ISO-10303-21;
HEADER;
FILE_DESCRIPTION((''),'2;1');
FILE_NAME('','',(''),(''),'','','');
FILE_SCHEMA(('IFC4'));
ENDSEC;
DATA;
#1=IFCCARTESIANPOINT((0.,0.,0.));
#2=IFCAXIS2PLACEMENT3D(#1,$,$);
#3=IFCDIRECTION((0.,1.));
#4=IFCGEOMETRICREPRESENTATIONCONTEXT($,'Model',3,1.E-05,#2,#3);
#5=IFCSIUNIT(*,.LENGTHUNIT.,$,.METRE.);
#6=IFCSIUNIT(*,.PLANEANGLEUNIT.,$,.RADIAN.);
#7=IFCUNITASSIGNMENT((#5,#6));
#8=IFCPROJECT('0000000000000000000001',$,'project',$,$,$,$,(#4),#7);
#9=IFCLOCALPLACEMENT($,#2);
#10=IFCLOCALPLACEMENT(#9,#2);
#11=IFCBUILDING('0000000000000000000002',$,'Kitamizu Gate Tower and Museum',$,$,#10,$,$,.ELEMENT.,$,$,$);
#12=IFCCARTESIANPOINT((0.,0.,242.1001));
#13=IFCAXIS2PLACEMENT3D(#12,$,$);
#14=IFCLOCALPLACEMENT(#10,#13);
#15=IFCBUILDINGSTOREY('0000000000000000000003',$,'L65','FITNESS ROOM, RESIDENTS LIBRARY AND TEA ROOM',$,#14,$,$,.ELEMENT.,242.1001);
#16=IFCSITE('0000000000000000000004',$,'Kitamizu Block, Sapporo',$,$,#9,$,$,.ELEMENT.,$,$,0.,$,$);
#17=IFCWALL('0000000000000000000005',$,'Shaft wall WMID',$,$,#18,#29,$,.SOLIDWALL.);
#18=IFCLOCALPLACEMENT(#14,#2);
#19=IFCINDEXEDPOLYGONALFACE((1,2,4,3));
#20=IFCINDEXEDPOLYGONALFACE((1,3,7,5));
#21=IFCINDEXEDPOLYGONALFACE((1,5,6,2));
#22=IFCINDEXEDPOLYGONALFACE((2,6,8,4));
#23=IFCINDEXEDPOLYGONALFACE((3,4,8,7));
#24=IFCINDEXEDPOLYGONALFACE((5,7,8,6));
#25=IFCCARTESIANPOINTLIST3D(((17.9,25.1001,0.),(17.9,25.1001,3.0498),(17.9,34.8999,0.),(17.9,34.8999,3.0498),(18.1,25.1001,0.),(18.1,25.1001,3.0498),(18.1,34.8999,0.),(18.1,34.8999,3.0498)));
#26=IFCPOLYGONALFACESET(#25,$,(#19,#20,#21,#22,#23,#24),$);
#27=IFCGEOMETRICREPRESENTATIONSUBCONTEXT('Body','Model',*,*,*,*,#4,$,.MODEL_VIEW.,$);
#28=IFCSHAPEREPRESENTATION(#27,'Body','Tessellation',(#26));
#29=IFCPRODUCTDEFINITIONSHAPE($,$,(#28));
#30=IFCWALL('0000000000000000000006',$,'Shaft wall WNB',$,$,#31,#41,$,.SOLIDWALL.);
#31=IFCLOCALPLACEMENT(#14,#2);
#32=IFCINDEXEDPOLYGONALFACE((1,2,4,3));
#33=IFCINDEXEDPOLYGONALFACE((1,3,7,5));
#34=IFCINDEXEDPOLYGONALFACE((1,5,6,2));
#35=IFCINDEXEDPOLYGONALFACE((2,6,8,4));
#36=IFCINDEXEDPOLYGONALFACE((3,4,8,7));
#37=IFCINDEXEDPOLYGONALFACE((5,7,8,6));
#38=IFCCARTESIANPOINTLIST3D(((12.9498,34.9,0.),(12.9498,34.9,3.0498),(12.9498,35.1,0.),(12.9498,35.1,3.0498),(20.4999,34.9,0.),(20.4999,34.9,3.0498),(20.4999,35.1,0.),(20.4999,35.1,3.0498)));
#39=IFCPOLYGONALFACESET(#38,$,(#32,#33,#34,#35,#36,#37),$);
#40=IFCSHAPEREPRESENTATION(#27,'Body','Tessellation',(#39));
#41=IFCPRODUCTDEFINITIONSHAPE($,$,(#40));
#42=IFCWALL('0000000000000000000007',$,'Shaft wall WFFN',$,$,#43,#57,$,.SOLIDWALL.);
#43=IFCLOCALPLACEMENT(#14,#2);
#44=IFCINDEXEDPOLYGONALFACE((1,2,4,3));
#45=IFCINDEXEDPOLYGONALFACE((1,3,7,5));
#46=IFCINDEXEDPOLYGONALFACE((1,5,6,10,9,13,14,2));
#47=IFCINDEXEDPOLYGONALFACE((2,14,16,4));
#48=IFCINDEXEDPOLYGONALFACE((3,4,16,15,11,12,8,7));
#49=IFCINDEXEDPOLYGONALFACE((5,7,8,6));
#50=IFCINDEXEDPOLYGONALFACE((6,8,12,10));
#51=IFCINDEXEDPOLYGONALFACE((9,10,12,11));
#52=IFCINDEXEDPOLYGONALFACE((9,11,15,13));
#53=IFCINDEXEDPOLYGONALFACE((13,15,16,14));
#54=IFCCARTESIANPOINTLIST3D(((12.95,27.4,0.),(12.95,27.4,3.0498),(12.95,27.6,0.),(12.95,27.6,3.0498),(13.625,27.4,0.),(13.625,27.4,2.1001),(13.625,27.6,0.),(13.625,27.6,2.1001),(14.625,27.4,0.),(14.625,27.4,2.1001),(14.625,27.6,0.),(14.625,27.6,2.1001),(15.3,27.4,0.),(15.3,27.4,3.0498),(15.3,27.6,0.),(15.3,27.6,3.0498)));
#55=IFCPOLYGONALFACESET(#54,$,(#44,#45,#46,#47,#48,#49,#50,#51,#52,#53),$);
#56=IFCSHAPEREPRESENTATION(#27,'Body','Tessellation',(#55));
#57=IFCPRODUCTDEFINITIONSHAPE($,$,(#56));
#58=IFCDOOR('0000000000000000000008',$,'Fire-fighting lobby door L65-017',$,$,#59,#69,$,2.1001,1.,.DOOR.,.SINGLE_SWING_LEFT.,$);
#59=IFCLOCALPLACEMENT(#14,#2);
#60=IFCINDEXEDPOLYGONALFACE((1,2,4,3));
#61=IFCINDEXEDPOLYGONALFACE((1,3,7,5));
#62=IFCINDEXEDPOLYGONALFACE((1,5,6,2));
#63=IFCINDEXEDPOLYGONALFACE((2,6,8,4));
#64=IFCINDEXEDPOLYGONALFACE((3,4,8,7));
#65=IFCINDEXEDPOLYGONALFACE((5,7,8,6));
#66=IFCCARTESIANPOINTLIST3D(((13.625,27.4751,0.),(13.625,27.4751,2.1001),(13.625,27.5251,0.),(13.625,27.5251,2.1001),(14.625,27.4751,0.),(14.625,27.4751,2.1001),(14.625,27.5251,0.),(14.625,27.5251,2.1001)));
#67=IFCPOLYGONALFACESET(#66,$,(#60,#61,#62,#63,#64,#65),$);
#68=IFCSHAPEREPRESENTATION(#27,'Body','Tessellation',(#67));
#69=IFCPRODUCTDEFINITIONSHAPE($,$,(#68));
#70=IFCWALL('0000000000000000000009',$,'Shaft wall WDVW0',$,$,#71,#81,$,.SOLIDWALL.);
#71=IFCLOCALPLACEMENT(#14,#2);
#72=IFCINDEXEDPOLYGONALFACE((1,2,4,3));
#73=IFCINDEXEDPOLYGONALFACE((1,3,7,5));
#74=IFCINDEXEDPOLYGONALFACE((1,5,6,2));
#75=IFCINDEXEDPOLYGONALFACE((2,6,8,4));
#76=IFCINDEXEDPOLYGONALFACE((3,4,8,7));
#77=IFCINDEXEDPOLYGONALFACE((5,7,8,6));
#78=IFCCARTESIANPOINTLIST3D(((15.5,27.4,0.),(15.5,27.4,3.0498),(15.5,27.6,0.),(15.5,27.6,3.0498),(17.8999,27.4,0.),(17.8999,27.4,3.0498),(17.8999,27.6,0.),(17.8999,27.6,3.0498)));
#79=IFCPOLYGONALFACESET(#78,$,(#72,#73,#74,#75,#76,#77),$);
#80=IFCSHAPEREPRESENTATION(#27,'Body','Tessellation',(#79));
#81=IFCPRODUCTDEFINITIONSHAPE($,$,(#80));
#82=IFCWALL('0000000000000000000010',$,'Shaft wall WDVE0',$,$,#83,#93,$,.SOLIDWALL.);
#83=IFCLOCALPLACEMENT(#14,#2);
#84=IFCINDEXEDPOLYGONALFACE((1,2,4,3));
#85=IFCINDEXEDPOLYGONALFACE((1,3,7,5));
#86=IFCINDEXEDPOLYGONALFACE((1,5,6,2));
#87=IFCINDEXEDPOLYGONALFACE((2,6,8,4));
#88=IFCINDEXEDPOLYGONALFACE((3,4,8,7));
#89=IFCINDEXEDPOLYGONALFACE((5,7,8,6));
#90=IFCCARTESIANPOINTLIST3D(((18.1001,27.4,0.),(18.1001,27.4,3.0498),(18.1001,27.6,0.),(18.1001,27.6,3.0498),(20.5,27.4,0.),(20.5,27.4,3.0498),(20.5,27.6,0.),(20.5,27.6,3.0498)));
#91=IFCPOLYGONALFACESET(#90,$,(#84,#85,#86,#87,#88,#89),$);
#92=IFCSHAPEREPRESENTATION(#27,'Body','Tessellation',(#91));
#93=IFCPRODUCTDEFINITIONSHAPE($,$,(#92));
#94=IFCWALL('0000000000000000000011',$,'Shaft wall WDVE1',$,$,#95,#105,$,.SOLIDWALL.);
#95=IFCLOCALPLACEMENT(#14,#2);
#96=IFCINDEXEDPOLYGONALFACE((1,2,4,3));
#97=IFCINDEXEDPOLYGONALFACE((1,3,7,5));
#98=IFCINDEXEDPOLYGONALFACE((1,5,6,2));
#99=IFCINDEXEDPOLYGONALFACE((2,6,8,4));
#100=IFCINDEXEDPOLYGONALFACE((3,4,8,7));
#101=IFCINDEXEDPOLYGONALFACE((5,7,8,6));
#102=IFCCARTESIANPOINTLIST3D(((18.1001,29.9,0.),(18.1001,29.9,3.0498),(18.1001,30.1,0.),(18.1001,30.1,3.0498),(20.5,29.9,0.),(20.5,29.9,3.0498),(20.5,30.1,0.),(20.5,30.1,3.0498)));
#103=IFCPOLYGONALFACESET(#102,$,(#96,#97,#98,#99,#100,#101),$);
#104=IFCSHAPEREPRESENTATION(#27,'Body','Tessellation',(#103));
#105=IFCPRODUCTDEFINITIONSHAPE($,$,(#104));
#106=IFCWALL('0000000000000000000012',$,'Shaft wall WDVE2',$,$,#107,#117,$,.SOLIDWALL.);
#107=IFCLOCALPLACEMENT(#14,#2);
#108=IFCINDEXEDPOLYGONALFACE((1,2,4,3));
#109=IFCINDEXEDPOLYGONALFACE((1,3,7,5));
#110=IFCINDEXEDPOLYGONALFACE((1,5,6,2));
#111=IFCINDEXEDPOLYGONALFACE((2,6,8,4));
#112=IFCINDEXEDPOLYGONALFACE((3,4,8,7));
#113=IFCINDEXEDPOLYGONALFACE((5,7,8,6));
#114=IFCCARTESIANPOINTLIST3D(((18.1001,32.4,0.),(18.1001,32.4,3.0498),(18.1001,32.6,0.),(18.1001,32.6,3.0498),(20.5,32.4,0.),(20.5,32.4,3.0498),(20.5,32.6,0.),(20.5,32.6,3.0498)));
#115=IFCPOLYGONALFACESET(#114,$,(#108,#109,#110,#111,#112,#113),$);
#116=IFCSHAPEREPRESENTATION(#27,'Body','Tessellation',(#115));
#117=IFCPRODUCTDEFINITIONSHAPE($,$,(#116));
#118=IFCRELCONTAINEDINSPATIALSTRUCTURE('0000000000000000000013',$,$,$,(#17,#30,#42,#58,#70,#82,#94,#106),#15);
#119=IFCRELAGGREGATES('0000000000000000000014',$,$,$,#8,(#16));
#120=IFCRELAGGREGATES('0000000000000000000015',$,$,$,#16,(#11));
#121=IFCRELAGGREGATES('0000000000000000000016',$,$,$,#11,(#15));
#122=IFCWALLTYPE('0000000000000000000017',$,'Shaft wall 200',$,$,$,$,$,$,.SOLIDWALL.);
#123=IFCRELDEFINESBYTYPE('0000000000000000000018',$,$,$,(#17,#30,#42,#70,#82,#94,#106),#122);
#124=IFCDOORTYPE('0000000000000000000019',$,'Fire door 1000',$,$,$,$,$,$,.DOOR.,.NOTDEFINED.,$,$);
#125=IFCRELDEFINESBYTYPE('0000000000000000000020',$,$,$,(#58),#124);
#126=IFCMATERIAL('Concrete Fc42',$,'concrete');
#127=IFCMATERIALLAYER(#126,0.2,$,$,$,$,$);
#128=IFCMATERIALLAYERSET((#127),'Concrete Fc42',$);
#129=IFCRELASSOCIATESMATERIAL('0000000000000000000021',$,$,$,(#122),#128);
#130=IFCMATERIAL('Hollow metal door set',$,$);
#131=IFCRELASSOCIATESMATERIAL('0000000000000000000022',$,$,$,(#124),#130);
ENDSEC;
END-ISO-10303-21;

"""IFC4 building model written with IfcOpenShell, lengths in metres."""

from ifc_helpers import new_model, si_unit, direction, frame, frame_2d, origin, place, context, subcontext, project, spatial, rectangle, extrude, material, layer, layer_set, type_object, element, fill, save


model = new_model("IFC4")

# Units and contexts
model_context = context("Model", 3, precision=1e-05, world=origin(), true_north=direction((0.0, 1.0)))
body_context = subcontext(model_context, "Body", "Model", "MODEL_VIEW")
ifc_project = project(units=[si_unit("LENGTHUNIT", "METRE"), si_unit("PLANEANGLEUNIT", "RADIAN")], contexts=[model_context])

# Site, building, storey
site_placement = place(None, origin())
site = spatial("IfcSite", under=ifc_project, at=site_placement, Name="Kitamizu Block, Sapporo", CompositionType="ELEMENT", RefElevation=0.0)
building_placement = place(site_placement, origin())
building = spatial("IfcBuilding", under=site, at=building_placement, Name="Kitamizu Gate Tower and Museum", CompositionType="ELEMENT")
storey_placement = place(building_placement, frame((0.0, 0.0, 242.1001)))
storey = spatial("IfcBuildingStorey", under=building, at=storey_placement, Name="L65", Description="FITNESS ROOM, RESIDENTS LIBRARY AND TEA ROOM", CompositionType="ELEMENT", Elevation=242.1001)

# Walls
ifc_material_1 = material(Name="Concrete Fc42", Category="concrete")
ifc_layer = layer(ifc_material_1, 0.2)
ifc_layer_set = layer_set([ifc_layer], Name="Concrete Fc42")
wall_type = type_object("IfcWallType", Name="Shaft wall 200", PredefinedType="SOLIDWALL", material=ifc_layer_set)
wall_1_placement = place(storey_placement, frame((18.0, 25.1001, 0.0), z_axis=(0.0, 0.0, 1.0), x_axis=(0.0, 1.0, 0.0)))
element("IfcWall", 1, at=wall_1_placement, inside=storey, type_object=wall_type, Name="Shaft wall WMID", PredefinedType="SOLIDWALL", context=body_context, shape_type="SweptSolid", body=[
    extrude(rectangle(XDim=9.7998, YDim=0.2, at=frame_2d((4.8999, 0.0))), origin(), (0.0, 0.0, 1.0), 3.0498),
])
wall_2_placement = place(storey_placement, frame((12.95, 35.0, 0.0), z_axis=(0.0, 0.0, 1.0), x_axis=(1.0, 0.0, 0.0)))
element("IfcWall", 2, at=wall_2_placement, inside=storey, type_object=wall_type, Name="Shaft wall WNB", PredefinedType="SOLIDWALL", context=body_context, shape_type="SweptSolid", body=[
    extrude(rectangle(XDim=7.55, YDim=0.2, at=frame_2d((3.7749, 0.0))), origin(), (0.0, 0.0, 1.0), 3.0498),
])

# Wall, opening, door
wall_3_placement = place(storey_placement, frame((12.95, 27.5, 0.0), z_axis=(0.0, 0.0, 1.0), x_axis=(1.0, 0.0, 0.0)))
wall_3 = element("IfcWall", 3, at=wall_3_placement, inside=storey, type_object=wall_type, Name="Shaft wall WFFN", PredefinedType="SOLIDWALL", context=body_context, shape_type="SweptSolid", body=[
    extrude(rectangle(XDim=2.3501, YDim=0.2, at=frame_2d((1.175, 0.0))), origin(), (0.0, 0.0, 1.0), 3.0498),
])
opening_placement = place(wall_3_placement, frame((0.675, 0.0, 0.0)))
opening = element("IfcOpeningElement", 4, at=opening_placement, cuts=wall_3, PredefinedType="OPENING", context=body_context, shape_type="SweptSolid", body=[
    extrude(rectangle(XDim=1.0, YDim=2.1001, at=frame_2d((0.5, 1.05))), frame((0.0, 0.1099, 0.0), z_axis=(0.0, -1.0, 0.0), x_axis=(1.0, 0.0, 0.0)), (0.0, 0.0, 1.0), 0.22),
])
ifc_material_2 = material(Name="Hollow metal door set")
door_type = type_object("IfcDoorType", Name="Fire door 1000", OperationType="NOTDEFINED", PredefinedType="DOOR", material=ifc_material_2)
door_placement = place(opening_placement, frame((1.0, 0.0, 0.0), x_axis=(-1.0, 0.0, 0.0)))
door = element("IfcDoor", 5, at=door_placement, inside=storey, type_object=door_type, Name="Fire-fighting lobby door L65-017", OperationType="SINGLE_SWING_LEFT", OverallHeight=2.1001, OverallWidth=1.0, PredefinedType="DOOR", context=body_context, shape_type="SweptSolid", body=[
    extrude(rectangle(XDim=1.0, YDim=2.1001, at=frame_2d((0.5, 1.05))), frame((0.0, 0.0249, 0.0), z_axis=(0.0, -1.0, 0.0), x_axis=(1.0, 0.0, 0.0)), (0.0, 0.0, 1.0), 0.05),
])
fill(opening, door)

# Walls
for number, where, z_axis, x_axis, name in (
    (6, (15.5, 27.5, 0.0), (0.0, 0.0, 1.0), (1.0, 0.0, 0.0), "Shaft wall WDVW0"),
    (7, (18.1001, 27.5, 0.0), (0.0, 0.0, 1.0), (1.0, 0.0, 0.0), "Shaft wall WDVE0"),
    (8, (18.1001, 30.0, 0.0), (0.0, 0.0, 1.0), (1.0, 0.0, 0.0), "Shaft wall WDVE1"),
    (9, (18.1001, 32.5, 0.0), (0.0, 0.0, 1.0), (1.0, 0.0, 0.0), "Shaft wall WDVE2"),
):
    element("IfcWall", number, at=place(storey_placement, frame(where, z_axis=z_axis, x_axis=x_axis)), inside=storey, type_object=wall_type, Name=name, PredefinedType="SOLIDWALL", context=body_context, shape_type="SweptSolid", body=[
        extrude(rectangle(XDim=2.3999, YDim=0.2, at=frame_2d((1.2, 0.0))), origin(), (0.0, 0.0, 1.0), 3.0498),
    ])

save(model, "model.ifc")
